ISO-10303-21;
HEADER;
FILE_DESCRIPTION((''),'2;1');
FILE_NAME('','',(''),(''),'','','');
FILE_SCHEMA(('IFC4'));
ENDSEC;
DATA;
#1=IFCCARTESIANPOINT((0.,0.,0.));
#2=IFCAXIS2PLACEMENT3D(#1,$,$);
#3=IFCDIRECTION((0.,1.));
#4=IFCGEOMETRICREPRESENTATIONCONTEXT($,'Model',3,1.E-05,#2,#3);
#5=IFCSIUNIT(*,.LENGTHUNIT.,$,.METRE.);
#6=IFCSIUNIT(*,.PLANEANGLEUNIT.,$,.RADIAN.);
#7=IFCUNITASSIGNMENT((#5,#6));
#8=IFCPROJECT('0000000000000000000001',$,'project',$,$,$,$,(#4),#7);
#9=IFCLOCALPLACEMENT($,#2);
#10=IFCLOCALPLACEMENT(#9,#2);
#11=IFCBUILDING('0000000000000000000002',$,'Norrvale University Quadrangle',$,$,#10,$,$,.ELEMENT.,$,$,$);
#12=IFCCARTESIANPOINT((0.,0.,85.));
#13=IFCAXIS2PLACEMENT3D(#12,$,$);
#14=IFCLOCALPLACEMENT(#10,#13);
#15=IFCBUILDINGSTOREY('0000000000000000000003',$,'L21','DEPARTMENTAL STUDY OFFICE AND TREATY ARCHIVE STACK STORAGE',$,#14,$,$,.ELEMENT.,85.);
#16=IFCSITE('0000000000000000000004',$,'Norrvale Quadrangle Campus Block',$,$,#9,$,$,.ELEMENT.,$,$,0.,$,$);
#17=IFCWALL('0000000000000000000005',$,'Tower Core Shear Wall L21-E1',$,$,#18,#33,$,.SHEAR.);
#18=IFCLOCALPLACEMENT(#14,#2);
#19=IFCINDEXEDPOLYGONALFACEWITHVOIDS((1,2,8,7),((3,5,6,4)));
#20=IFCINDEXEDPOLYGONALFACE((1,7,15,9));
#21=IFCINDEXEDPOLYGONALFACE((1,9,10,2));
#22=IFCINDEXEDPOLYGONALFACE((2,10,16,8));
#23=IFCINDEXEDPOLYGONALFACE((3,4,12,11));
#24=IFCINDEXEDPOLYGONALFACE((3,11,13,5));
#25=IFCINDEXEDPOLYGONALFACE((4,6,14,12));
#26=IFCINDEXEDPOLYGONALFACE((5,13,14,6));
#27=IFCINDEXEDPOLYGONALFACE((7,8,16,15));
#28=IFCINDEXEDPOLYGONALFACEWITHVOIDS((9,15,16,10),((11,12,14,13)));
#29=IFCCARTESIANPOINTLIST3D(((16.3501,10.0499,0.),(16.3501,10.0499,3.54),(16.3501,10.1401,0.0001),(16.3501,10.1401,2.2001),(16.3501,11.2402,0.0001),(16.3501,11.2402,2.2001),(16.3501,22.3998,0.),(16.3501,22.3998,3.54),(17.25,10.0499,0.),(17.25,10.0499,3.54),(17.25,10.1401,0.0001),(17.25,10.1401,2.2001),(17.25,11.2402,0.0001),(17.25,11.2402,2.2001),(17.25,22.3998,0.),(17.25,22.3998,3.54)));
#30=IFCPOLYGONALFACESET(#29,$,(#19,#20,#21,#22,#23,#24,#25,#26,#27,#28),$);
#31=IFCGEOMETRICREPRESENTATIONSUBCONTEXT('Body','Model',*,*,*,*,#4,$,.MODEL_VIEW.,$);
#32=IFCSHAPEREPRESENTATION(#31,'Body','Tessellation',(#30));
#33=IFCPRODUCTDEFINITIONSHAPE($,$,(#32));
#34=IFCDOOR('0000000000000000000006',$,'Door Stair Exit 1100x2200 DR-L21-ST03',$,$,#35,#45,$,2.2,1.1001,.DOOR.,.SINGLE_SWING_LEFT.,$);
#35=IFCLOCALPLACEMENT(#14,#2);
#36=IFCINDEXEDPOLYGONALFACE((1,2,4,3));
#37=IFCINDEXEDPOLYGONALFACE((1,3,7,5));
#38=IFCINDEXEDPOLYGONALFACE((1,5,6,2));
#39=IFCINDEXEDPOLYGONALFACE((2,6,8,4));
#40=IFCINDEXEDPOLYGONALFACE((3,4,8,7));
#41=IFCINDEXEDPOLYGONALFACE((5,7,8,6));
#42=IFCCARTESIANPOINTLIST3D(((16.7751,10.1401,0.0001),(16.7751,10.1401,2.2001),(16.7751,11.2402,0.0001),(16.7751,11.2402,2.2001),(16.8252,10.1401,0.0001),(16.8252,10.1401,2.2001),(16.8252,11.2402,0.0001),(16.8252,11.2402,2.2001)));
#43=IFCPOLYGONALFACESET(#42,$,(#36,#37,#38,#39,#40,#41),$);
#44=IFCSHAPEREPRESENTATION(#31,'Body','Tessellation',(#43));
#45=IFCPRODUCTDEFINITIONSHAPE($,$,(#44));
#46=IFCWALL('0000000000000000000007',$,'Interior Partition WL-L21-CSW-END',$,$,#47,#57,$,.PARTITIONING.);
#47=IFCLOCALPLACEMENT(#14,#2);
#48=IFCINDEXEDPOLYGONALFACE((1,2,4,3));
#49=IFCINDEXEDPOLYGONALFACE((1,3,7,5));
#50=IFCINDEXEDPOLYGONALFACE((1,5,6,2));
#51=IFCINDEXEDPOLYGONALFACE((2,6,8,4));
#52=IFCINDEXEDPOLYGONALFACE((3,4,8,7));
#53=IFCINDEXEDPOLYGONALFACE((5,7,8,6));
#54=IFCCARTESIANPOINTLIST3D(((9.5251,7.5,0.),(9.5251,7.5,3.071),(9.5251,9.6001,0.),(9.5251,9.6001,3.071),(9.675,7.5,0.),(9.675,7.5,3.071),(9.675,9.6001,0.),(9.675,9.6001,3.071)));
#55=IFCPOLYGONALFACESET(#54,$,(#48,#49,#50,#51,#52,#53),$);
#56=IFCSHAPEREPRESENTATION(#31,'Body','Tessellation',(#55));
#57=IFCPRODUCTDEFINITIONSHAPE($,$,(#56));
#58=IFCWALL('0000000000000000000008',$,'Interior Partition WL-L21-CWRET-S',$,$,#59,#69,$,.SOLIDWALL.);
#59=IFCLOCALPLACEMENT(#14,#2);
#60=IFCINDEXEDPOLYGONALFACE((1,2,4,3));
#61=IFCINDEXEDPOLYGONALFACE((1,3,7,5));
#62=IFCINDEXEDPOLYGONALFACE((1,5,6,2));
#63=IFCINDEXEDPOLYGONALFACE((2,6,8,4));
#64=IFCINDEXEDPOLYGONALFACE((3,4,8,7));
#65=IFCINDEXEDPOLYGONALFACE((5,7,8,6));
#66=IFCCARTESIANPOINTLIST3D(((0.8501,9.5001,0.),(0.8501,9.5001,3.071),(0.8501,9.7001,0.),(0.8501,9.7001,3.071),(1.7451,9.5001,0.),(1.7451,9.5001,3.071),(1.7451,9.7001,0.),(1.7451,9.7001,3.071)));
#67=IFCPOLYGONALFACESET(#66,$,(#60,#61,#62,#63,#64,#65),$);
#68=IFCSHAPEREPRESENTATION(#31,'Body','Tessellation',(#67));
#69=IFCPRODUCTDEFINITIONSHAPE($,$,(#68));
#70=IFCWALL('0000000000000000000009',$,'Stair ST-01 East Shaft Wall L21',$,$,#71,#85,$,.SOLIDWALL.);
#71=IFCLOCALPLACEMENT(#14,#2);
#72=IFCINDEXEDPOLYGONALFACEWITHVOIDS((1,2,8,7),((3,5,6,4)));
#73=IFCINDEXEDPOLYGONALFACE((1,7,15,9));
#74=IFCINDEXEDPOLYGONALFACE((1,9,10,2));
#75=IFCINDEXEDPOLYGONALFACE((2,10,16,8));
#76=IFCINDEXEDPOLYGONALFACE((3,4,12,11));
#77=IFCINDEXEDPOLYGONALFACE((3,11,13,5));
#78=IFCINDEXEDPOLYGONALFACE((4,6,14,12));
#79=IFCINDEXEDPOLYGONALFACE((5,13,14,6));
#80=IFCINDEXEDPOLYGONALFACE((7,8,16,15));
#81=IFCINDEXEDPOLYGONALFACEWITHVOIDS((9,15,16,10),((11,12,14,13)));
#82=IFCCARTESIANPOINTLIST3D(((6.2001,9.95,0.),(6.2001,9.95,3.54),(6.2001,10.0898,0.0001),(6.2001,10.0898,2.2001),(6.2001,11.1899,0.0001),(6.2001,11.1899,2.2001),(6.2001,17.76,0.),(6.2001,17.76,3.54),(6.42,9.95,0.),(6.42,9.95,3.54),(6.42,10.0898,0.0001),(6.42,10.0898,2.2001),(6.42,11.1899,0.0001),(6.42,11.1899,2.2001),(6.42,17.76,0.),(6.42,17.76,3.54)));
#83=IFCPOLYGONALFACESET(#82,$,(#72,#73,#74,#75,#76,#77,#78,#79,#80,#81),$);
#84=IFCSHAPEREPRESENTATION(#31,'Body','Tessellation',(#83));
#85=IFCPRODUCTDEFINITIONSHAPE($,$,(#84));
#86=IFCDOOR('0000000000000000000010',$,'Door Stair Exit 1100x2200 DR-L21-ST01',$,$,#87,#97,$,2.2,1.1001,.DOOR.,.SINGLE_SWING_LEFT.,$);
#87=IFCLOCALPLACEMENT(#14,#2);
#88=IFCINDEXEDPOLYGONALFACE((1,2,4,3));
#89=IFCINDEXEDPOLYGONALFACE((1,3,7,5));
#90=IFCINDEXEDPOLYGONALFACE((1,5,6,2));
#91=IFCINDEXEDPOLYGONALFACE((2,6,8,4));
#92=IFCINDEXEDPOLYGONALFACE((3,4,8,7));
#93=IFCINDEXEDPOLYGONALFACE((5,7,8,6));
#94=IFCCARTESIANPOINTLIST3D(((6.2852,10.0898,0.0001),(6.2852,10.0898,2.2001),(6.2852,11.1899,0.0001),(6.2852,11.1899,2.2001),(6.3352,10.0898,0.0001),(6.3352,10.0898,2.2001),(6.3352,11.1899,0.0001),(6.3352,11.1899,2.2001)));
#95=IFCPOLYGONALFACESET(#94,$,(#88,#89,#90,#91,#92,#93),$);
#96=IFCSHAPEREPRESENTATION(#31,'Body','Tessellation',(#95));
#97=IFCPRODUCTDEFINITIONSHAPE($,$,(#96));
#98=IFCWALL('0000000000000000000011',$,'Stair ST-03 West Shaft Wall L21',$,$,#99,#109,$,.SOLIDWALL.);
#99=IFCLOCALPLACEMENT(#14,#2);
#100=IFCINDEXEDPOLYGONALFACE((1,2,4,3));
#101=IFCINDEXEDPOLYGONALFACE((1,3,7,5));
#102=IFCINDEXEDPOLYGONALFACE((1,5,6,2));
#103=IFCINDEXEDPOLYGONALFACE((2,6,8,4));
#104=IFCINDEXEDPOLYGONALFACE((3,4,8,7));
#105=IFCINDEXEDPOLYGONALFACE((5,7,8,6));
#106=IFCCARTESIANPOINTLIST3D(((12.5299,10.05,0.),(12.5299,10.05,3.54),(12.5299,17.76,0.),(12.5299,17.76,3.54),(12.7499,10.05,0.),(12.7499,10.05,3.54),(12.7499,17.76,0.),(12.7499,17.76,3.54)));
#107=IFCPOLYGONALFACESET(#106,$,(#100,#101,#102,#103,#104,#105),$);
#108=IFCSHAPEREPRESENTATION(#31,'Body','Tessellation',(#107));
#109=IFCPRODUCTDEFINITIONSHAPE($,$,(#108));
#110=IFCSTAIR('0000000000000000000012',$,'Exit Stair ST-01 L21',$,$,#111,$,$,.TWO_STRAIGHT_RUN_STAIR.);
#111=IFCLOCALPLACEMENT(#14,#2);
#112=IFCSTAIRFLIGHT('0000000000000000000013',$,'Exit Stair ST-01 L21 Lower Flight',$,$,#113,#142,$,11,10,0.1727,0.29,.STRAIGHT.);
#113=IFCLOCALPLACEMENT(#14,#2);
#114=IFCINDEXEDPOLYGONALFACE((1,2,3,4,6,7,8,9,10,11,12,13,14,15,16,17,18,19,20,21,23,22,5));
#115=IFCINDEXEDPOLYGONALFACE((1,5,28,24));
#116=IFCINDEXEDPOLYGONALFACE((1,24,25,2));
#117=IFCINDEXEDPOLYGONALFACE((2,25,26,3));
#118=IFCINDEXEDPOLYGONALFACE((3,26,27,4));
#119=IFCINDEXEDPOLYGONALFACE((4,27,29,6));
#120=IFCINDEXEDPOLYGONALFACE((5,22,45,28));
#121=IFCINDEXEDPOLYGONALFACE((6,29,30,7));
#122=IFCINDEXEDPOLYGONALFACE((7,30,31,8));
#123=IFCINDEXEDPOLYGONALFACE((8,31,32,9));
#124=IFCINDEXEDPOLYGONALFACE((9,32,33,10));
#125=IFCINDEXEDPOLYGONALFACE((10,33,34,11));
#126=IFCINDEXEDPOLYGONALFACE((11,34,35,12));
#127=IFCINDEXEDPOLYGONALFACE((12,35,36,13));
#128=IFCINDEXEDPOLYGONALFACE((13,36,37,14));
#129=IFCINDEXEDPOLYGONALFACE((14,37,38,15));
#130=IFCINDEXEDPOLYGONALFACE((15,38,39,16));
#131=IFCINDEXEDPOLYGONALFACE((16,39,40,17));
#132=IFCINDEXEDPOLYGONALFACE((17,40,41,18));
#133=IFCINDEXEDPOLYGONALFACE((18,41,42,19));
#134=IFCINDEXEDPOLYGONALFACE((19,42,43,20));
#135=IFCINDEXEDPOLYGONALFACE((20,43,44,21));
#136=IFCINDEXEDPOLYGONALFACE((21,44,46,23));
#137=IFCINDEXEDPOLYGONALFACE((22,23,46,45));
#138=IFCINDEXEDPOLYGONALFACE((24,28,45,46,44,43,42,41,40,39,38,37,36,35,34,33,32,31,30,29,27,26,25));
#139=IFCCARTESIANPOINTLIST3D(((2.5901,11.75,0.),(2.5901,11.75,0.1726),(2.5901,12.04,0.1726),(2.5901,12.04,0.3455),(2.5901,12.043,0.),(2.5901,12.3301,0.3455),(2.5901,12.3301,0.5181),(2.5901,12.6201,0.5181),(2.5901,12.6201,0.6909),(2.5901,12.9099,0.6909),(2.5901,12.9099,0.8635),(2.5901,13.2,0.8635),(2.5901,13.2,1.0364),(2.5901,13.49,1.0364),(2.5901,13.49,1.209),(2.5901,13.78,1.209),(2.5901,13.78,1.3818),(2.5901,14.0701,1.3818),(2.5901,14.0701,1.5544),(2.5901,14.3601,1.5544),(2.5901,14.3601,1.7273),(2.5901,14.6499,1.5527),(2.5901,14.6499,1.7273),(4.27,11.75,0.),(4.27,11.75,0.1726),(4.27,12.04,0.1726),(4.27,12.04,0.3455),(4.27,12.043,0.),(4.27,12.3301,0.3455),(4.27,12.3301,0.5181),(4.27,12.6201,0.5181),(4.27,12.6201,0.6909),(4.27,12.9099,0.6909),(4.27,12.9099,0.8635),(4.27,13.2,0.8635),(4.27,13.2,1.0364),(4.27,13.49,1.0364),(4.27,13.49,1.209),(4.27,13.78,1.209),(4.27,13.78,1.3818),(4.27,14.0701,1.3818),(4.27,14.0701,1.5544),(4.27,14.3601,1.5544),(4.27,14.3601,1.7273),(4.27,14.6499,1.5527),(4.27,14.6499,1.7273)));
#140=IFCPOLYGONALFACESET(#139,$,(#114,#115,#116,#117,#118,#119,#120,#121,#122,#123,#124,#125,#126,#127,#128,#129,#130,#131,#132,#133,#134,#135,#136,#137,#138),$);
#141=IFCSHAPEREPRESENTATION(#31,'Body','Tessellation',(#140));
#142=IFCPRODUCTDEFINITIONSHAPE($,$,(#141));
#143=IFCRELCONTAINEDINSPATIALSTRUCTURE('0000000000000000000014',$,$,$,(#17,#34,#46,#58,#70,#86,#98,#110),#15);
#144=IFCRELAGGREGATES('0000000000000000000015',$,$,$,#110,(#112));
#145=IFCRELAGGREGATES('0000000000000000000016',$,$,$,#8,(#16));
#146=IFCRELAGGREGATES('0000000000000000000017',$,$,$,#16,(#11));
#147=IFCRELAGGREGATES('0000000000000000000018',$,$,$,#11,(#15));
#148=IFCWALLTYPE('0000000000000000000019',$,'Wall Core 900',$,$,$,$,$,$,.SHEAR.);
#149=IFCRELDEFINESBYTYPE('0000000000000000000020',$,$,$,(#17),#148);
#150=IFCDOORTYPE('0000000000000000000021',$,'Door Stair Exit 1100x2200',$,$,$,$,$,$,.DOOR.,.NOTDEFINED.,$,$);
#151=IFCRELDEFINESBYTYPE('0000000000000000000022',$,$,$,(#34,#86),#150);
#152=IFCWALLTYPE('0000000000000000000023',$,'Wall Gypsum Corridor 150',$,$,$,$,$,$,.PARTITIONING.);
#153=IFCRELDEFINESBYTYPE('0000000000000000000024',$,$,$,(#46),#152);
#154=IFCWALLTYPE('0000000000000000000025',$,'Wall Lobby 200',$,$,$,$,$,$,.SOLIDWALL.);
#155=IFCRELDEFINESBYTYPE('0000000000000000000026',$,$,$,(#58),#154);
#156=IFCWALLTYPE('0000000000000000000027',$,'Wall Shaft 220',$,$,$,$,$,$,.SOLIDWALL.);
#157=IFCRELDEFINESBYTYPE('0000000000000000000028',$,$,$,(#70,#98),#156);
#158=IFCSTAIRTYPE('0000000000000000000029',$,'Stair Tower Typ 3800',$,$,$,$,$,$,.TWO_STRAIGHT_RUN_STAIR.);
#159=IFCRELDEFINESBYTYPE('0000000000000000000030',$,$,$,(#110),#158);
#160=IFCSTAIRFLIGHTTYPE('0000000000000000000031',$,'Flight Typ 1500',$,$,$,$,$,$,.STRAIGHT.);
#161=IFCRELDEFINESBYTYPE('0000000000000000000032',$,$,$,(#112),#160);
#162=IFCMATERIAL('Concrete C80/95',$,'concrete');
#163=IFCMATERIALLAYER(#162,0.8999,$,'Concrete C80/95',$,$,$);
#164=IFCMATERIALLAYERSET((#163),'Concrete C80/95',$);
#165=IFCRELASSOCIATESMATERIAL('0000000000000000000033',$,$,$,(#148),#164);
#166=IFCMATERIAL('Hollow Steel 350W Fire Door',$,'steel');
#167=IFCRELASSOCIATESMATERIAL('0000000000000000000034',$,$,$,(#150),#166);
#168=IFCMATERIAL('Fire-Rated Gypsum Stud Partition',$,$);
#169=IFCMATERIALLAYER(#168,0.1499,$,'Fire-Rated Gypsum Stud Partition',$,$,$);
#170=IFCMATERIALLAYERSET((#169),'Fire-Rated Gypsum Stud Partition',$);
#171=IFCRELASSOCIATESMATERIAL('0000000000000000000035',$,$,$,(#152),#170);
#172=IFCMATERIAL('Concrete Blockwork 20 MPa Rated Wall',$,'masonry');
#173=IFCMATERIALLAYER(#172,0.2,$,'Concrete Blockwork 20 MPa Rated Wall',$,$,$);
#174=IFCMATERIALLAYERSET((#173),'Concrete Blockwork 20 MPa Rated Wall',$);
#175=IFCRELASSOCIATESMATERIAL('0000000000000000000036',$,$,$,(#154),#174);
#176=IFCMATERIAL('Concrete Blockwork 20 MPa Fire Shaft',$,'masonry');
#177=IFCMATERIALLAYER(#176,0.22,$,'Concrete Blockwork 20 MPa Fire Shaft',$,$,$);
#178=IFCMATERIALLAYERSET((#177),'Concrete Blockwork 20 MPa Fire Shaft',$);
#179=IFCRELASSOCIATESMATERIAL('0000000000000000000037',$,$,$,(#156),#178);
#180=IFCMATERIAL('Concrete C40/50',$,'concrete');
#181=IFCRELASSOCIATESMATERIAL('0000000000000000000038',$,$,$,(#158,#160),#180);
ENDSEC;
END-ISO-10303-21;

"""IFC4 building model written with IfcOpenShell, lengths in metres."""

from ifc_helpers import new_model, si_unit, direction, frame, frame_2d, origin, place, context, subcontext, project, spatial, polyline, rectangle, outline, extrude, material, layer, layer_set, type_object, element, fill, aggregate, save


model = new_model("IFC4")

# Units and contexts
model_context = context("Model", 3, precision=1e-05, world=origin(), true_north=direction((0.0, 1.0)))
body_context = subcontext(model_context, "Body", "Model", "MODEL_VIEW")
ifc_project = project(units=[si_unit("LENGTHUNIT", "METRE"), si_unit("PLANEANGLEUNIT", "RADIAN")], contexts=[model_context])

# Site, building, storey
site_placement = place(None, origin())
site = spatial("IfcSite", under=ifc_project, at=site_placement, Name="Norrvale Quadrangle Campus Block", CompositionType="ELEMENT", RefElevation=0.0)
building_placement = place(site_placement, origin())
building = spatial("IfcBuilding", under=site, at=building_placement, Name="Norrvale University Quadrangle", CompositionType="ELEMENT")
storey_placement = place(building_placement, frame((0.0, 0.0, 85.0)))
storey = spatial("IfcBuildingStorey", under=building, at=storey_placement, Name="L21", Description="DEPARTMENTAL STUDY OFFICE AND TREATY ARCHIVE STACK STORAGE", CompositionType="ELEMENT", Elevation=85.0)

# Shared definitions
ifc_material_1 = material(Name="Concrete C80/95", Category="concrete")

# Shared definitions
ifc_layer_1 = layer(ifc_material_1, 0.8999, Name="Concrete C80/95")
ifc_layer_set_1 = layer_set([ifc_layer_1], Name="Concrete C80/95")
wall_type_1 = type_object("IfcWallType", Name="Wall Core 900", PredefinedType="SHEAR", material=ifc_layer_set_1)

# Wall, opening, door
wall_1_placement = place(storey_placement, frame((16.8, 10.05, 0.0), z_axis=(0.0, 0.0, 1.0), x_axis=(0.0, 1.0, 0.0)))
wall_1 = element("IfcWall", 1, at=wall_1_placement, inside=storey, type_object=wall_type_1, Name="Tower Core Shear Wall L21-E1", PredefinedType="SHEAR", context=body_context, shape_type="SweptSolid", body=[
    extrude(rectangle(XDim=12.3499, YDim=0.8999, at=frame_2d((6.1748, 0.0))), origin(), (0.0, 0.0, 1.0), 3.54),
])
opening_1_placement = place(wall_1_placement, frame((0.0901, 0.0, 0.0)))
opening_1 = element("IfcOpeningElement", 2, at=opening_1_placement, cuts=wall_1, PredefinedType="OPENING", context=body_context, shape_type="SweptSolid", body=[
    extrude(rectangle(XDim=1.1001, YDim=2.2, at=frame_2d((0.55, 1.1001))), frame((0.0, 0.4619, 0.0), z_axis=(0.0, -1.0, 0.0), x_axis=(1.0, 0.0, 0.0)), (0.0, 0.0, 1.0), 0.9238),
])
ifc_material_2 = material(Name="Hollow Steel 350W Fire Door", Category="steel")
door_type = type_object("IfcDoorType", Name="Door Stair Exit 1100x2200", OperationType="NOTDEFINED", PredefinedType="DOOR", material=ifc_material_2)
door_1_placement = place(opening_1_placement, origin())
door_1 = element("IfcDoor", 3, at=door_1_placement, inside=storey, type_object=door_type, Name="Door Stair Exit 1100x2200 DR-L21-ST03", OperationType="SINGLE_SWING_LEFT", OverallHeight=2.2, OverallWidth=1.1001, PredefinedType="DOOR", context=body_context, shape_type="SweptSolid", body=[
    extrude(rectangle(XDim=1.1001, YDim=2.2, at=frame_2d((0.55, 1.1001))), frame((0.0, 0.0249, 0.0), z_axis=(0.0, -1.0, 0.0), x_axis=(1.0, 0.0, 0.0)), (0.0, 0.0, 1.0), 0.05),
])
fill(opening_1, door_1)

# Walls
ifc_material_3 = material(Name="Fire-Rated Gypsum Stud Partition")
ifc_layer_2 = layer(ifc_material_3, 0.1499, Name="Fire-Rated Gypsum Stud Partition")
ifc_layer_set_2 = layer_set([ifc_layer_2], Name="Fire-Rated Gypsum Stud Partition")
wall_type_2 = type_object("IfcWallType", Name="Wall Gypsum Corridor 150", PredefinedType="PARTITIONING", material=ifc_layer_set_2)
wall_2_placement = place(storey_placement, frame((9.6001, 7.5, 0.0), z_axis=(0.0, 0.0, 1.0), x_axis=(0.0, 1.0, 0.0)))
element("IfcWall", 4, at=wall_2_placement, inside=storey, type_object=wall_type_2, Name="Interior Partition WL-L21-CSW-END", PredefinedType="PARTITIONING", context=body_context, shape_type="SweptSolid", body=[
    extrude(rectangle(XDim=2.1001, YDim=0.1499, at=frame_2d((1.05, 0.0))), origin(), (0.0, 0.0, 1.0), 3.071),
])
ifc_material_4 = material(Name="Concrete Blockwork 20 MPa Rated Wall", Category="masonry")
ifc_layer_3 = layer(ifc_material_4, 0.2, Name="Concrete Blockwork 20 MPa Rated Wall")
ifc_layer_set_3 = layer_set([ifc_layer_3], Name="Concrete Blockwork 20 MPa Rated Wall")
wall_type_3 = type_object("IfcWallType", Name="Wall Lobby 200", PredefinedType="SOLIDWALL", material=ifc_layer_set_3)
wall_3_placement = place(storey_placement, frame((0.8501, 9.6001, 0.0), z_axis=(0.0, 0.0, 1.0), x_axis=(1.0, 0.0, 0.0)))
element("IfcWall", 5, at=wall_3_placement, inside=storey, type_object=wall_type_3, Name="Interior Partition WL-L21-CWRET-S", PredefinedType="SOLIDWALL", context=body_context, shape_type="SweptSolid", body=[
    extrude(rectangle(XDim=0.895, YDim=0.2, at=frame_2d((0.4475, 0.0))), origin(), (0.0, 0.0, 1.0), 3.071),
])

# Wall, opening, door
ifc_material_5 = material(Name="Concrete Blockwork 20 MPa Fire Shaft", Category="masonry")
ifc_layer_4 = layer(ifc_material_5, 0.22, Name="Concrete Blockwork 20 MPa Fire Shaft")
ifc_layer_set_4 = layer_set([ifc_layer_4], Name="Concrete Blockwork 20 MPa Fire Shaft")
wall_type_4 = type_object("IfcWallType", Name="Wall Shaft 220", PredefinedType="SOLIDWALL", material=ifc_layer_set_4)
wall_4_placement = place(storey_placement, frame((6.3101, 9.95, 0.0), z_axis=(0.0, 0.0, 1.0), x_axis=(0.0, 1.0, 0.0)))
wall_4 = element("IfcWall", 6, at=wall_4_placement, inside=storey, type_object=wall_type_4, Name="Stair ST-01 East Shaft Wall L21", PredefinedType="SOLIDWALL", context=body_context, shape_type="SweptSolid", body=[
    extrude(rectangle(XDim=7.8101, YDim=0.22, at=frame_2d((3.905, 0.0))), origin(), (0.0, 0.0, 1.0), 3.54),
])
opening_2_placement = place(wall_4_placement, frame((0.1399, 0.0, 0.0)))
opening_2 = element("IfcOpeningElement", 7, at=opening_2_placement, cuts=wall_4, PredefinedType="OPENING", context=body_context, shape_type="SweptSolid", body=[
    extrude(rectangle(XDim=1.1001, YDim=2.2, at=frame_2d((0.55, 1.1001))), frame((0.0, 0.1221, 0.0), z_axis=(0.0, -1.0, 0.0), x_axis=(1.0, 0.0, 0.0)), (0.0, 0.0, 1.0), 0.2439),
])
door_2_placement = place(opening_2_placement, origin())
door_2 = element("IfcDoor", 8, at=door_2_placement, inside=storey, type_object=door_type, Name="Door Stair Exit 1100x2200 DR-L21-ST01", OperationType="SINGLE_SWING_LEFT", OverallHeight=2.2, OverallWidth=1.1001, PredefinedType="DOOR", context=body_context, shape_type="SweptSolid", body=[
    extrude(rectangle(XDim=1.1001, YDim=2.2, at=frame_2d((0.55, 1.1001))), frame((0.0, 0.0249, 0.0), z_axis=(0.0, -1.0, 0.0), x_axis=(1.0, 0.0, 0.0)), (0.0, 0.0, 1.0), 0.05),
])
fill(opening_2, door_2)

# Wall
wall_5_placement = place(storey_placement, frame((12.6399, 10.05, 0.0), z_axis=(0.0, 0.0, 1.0), x_axis=(0.0, 1.0, 0.0)))
element("IfcWall", 9, at=wall_5_placement, inside=storey, type_object=wall_type_4, Name="Stair ST-03 West Shaft Wall L21", PredefinedType="SOLIDWALL", context=body_context, shape_type="SweptSolid", body=[
    extrude(rectangle(XDim=7.71, YDim=0.22, at=frame_2d((3.855, 0.0))), origin(), (0.0, 0.0, 1.0), 3.54),
])

# Stair, stair flight
ifc_material_6 = material(Name="Concrete C40/50", Category="concrete")
stair_type = type_object("IfcStairType", Name="Stair Tower Typ 3800", PredefinedType="TWO_STRAIGHT_RUN_STAIR", material=ifc_material_6)
stair_placement = place(storey_placement, origin())
stair = element("IfcStair", 10, at=stair_placement, inside=storey, type_object=stair_type, Name="Exit Stair ST-01 L21", PredefinedType="TWO_STRAIGHT_RUN_STAIR")
stair_flight_type = type_object("IfcStairFlightType", Name="Flight Typ 1500", PredefinedType="STRAIGHT", material=ifc_material_6)
stair_flight_placement = place(storey_placement, frame((3.4299, 11.75, 0.0), z_axis=(0.0, 0.0, 1.0), x_axis=(0.0, 1.0, 0.0)))
stair_flight = element("IfcStairFlight", 11, at=stair_flight_placement, type_object=stair_flight_type, Name="Exit Stair ST-01 L21 Lower Flight", NumberOfRisers=11, NumberOfTreads=10, PredefinedType="STRAIGHT", RiserHeight=0.1727, TreadLength=0.29, context=body_context, shape_type="SweptSolid", body=[
    extrude(outline(polyline([(0.0, 0.0), (0.0, 0.1726), (0.29, 0.1726), (0.29, 0.3455), (0.5801, 0.3455), (0.5801, 0.5181), (0.8701, 0.5181), (0.8701, 0.6909), (1.1599, 0.6909), (1.1599, 0.8635), (1.45, 0.8635), (1.45, 1.0364), (1.74, 1.0364), (1.74, 1.209), (2.03, 1.209), (2.03, 1.3818), (2.3201, 1.3818), (2.3201, 1.5544), (2.6101, 1.5544), (2.6101, 1.7273), (2.8999, 1.7273), (2.8999, 1.8999), (2.8999, 1.5527), (0.293, 0.0), (0.0, 0.0)])), frame((0.0, 0.8398, 0.0), z_axis=(0.0, -1.0, 0.0), x_axis=(1.0, 0.0, 0.0)), (0.0, 0.0, 1.0), 1.6799),
])
aggregate(stair, [stair_flight])

save(model, "model.ifc")
